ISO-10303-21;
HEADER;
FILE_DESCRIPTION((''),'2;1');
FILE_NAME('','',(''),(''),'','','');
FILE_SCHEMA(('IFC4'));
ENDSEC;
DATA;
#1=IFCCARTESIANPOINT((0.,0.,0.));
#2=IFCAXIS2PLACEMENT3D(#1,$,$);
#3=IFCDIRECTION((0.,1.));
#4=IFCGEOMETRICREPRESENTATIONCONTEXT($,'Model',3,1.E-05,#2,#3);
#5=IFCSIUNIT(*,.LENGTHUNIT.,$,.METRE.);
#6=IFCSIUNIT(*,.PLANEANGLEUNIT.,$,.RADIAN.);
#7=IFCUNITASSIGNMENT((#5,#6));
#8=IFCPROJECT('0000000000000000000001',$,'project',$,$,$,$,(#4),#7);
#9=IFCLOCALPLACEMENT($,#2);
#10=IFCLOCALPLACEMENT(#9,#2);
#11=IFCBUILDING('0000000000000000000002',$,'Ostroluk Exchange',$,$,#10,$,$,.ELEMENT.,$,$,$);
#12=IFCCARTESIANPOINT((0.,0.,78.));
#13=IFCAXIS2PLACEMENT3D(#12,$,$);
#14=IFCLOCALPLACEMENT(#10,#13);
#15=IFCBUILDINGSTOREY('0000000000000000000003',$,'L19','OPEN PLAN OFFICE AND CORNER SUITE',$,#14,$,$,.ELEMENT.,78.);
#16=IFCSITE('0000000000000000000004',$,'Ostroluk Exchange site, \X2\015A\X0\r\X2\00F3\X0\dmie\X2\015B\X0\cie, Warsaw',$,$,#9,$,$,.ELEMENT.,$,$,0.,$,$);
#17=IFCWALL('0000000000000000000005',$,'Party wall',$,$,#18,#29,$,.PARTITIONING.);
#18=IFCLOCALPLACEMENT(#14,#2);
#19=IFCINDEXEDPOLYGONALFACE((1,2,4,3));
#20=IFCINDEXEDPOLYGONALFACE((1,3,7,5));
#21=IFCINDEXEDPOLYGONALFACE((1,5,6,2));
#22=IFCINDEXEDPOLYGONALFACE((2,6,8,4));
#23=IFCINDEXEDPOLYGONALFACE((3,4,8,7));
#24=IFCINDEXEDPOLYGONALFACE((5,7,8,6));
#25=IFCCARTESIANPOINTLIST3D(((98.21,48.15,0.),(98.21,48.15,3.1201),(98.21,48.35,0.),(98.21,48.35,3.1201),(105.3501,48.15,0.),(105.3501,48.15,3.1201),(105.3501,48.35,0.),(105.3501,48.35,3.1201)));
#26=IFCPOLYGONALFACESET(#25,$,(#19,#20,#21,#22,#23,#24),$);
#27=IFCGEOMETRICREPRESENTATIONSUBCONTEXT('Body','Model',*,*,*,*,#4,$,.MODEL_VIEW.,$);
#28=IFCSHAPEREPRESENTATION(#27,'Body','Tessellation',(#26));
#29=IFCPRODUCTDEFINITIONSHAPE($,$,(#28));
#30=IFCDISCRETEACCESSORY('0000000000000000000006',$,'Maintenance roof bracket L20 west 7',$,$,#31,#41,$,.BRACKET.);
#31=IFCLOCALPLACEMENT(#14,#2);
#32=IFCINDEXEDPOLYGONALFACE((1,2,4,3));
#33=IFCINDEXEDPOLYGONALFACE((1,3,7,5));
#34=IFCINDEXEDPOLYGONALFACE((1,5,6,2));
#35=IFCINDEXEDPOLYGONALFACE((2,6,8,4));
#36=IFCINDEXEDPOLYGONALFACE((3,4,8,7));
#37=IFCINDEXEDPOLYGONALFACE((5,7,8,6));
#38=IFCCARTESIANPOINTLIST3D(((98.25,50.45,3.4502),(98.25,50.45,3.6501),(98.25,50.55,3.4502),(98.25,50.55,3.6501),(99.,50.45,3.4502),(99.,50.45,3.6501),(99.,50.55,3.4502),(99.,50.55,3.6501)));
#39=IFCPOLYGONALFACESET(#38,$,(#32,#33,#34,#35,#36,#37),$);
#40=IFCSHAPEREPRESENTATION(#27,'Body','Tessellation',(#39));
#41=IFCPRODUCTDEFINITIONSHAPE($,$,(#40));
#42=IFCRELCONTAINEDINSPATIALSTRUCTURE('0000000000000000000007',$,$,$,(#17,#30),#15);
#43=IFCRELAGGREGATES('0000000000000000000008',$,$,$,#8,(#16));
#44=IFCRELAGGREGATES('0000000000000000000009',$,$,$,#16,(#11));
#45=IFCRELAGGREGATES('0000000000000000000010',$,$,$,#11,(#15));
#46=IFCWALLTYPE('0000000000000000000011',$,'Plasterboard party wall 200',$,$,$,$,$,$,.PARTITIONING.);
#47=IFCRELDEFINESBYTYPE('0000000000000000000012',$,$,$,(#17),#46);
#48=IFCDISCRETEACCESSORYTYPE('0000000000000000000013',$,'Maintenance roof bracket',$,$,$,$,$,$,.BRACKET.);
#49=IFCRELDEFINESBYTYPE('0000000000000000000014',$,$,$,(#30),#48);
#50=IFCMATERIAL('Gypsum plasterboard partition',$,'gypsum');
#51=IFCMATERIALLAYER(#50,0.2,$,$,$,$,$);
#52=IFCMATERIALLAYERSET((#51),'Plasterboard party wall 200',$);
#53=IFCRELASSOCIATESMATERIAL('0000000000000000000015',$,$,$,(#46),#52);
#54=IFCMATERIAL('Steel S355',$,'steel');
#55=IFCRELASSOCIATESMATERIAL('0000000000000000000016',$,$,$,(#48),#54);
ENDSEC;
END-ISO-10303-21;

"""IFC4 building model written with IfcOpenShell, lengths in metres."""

from ifc_helpers import new_model, si_unit, direction, frame, frame_2d, origin, origin_2d, place, context, subcontext, project, spatial, rectangle, extrude, material, layer, layer_set, type_object, element, save


model = new_model("IFC4")

# Units and contexts
model_context = context("Model", 3, precision=1e-05, world=origin(), true_north=direction((0.0, 1.0)))
body_context = subcontext(model_context, "Body", "Model", "MODEL_VIEW")
ifc_project = project(units=[si_unit("LENGTHUNIT", "METRE"), si_unit("PLANEANGLEUNIT", "RADIAN")], contexts=[model_context])

# Site, building, storey
site_placement = place(None, origin())
site = spatial("IfcSite", under=ifc_project, at=site_placement, Name="Ostroluk Exchange site, Śródmieście, Warsaw", CompositionType="ELEMENT", RefElevation=0.0)
building_placement = place(site_placement, origin())
building = spatial("IfcBuilding", under=site, at=building_placement, Name="Ostroluk Exchange", CompositionType="ELEMENT")
storey_placement = place(building_placement, frame((0.0, 0.0, 78.0)))
storey = spatial("IfcBuildingStorey", under=building, at=storey_placement, Name="L19", Description="OPEN PLAN OFFICE AND CORNER SUITE", CompositionType="ELEMENT", Elevation=78.0)

# Wall
ifc_material_1 = material(Name="Gypsum plasterboard partition", Category="gypsum")
ifc_layer_1 = layer(ifc_material_1, 0.2)
ifc_layer_set_1 = layer_set([ifc_layer_1], Name="Plasterboard party wall 200")
wall_type_1 = type_object("IfcWallType", Name="Plasterboard party wall 200", PredefinedType="PARTITIONING", material=ifc_layer_set_1)
wall_1_placement = place(storey_placement, frame((105.3501, 48.25, 0.0), z_axis=(0.0, 0.0, 1.0), x_axis=(-1.0, 0.0, 0.0)))
element("IfcWall", 1, at=wall_1_placement, inside=storey, type_object=wall_type_1, Name="Party wall", PredefinedType="PARTITIONING", context=body_context, shape_type="SweptSolid", body=[
    extrude(rectangle(XDim=7.1401, YDim=0.2, at=frame_2d((3.5701, 0.0))), origin(), (0.0, 0.0, 1.0), 3.1201),
])

# Discrete accessory
ifc_material_2 = material(Name="Steel S355", Category="steel")
discrete_accessory_type = type_object("IfcDiscreteAccessoryType", Name="Maintenance roof bracket", PredefinedType="BRACKET", material=ifc_material_2)
discrete_accessory_placement = place(storey_placement, frame((98.625, 50.5, 3.4502), z_axis=(0.0, 0.0, 1.0), x_axis=(1.0, 0.0, 0.0)))
element("IfcDiscreteAccessory", 2, at=discrete_accessory_placement, inside=storey, type_object=discrete_accessory_type, Name="Maintenance roof bracket L20 west 7", PredefinedType="BRACKET", context=body_context, shape_type="SweptSolid", body=[
    extrude(rectangle(XDim=0.75, YDim=0.1001, at=origin_2d()), origin(), (0.0, 0.0, 1.0), 0.2),
])

save(model, "model.ifc")
